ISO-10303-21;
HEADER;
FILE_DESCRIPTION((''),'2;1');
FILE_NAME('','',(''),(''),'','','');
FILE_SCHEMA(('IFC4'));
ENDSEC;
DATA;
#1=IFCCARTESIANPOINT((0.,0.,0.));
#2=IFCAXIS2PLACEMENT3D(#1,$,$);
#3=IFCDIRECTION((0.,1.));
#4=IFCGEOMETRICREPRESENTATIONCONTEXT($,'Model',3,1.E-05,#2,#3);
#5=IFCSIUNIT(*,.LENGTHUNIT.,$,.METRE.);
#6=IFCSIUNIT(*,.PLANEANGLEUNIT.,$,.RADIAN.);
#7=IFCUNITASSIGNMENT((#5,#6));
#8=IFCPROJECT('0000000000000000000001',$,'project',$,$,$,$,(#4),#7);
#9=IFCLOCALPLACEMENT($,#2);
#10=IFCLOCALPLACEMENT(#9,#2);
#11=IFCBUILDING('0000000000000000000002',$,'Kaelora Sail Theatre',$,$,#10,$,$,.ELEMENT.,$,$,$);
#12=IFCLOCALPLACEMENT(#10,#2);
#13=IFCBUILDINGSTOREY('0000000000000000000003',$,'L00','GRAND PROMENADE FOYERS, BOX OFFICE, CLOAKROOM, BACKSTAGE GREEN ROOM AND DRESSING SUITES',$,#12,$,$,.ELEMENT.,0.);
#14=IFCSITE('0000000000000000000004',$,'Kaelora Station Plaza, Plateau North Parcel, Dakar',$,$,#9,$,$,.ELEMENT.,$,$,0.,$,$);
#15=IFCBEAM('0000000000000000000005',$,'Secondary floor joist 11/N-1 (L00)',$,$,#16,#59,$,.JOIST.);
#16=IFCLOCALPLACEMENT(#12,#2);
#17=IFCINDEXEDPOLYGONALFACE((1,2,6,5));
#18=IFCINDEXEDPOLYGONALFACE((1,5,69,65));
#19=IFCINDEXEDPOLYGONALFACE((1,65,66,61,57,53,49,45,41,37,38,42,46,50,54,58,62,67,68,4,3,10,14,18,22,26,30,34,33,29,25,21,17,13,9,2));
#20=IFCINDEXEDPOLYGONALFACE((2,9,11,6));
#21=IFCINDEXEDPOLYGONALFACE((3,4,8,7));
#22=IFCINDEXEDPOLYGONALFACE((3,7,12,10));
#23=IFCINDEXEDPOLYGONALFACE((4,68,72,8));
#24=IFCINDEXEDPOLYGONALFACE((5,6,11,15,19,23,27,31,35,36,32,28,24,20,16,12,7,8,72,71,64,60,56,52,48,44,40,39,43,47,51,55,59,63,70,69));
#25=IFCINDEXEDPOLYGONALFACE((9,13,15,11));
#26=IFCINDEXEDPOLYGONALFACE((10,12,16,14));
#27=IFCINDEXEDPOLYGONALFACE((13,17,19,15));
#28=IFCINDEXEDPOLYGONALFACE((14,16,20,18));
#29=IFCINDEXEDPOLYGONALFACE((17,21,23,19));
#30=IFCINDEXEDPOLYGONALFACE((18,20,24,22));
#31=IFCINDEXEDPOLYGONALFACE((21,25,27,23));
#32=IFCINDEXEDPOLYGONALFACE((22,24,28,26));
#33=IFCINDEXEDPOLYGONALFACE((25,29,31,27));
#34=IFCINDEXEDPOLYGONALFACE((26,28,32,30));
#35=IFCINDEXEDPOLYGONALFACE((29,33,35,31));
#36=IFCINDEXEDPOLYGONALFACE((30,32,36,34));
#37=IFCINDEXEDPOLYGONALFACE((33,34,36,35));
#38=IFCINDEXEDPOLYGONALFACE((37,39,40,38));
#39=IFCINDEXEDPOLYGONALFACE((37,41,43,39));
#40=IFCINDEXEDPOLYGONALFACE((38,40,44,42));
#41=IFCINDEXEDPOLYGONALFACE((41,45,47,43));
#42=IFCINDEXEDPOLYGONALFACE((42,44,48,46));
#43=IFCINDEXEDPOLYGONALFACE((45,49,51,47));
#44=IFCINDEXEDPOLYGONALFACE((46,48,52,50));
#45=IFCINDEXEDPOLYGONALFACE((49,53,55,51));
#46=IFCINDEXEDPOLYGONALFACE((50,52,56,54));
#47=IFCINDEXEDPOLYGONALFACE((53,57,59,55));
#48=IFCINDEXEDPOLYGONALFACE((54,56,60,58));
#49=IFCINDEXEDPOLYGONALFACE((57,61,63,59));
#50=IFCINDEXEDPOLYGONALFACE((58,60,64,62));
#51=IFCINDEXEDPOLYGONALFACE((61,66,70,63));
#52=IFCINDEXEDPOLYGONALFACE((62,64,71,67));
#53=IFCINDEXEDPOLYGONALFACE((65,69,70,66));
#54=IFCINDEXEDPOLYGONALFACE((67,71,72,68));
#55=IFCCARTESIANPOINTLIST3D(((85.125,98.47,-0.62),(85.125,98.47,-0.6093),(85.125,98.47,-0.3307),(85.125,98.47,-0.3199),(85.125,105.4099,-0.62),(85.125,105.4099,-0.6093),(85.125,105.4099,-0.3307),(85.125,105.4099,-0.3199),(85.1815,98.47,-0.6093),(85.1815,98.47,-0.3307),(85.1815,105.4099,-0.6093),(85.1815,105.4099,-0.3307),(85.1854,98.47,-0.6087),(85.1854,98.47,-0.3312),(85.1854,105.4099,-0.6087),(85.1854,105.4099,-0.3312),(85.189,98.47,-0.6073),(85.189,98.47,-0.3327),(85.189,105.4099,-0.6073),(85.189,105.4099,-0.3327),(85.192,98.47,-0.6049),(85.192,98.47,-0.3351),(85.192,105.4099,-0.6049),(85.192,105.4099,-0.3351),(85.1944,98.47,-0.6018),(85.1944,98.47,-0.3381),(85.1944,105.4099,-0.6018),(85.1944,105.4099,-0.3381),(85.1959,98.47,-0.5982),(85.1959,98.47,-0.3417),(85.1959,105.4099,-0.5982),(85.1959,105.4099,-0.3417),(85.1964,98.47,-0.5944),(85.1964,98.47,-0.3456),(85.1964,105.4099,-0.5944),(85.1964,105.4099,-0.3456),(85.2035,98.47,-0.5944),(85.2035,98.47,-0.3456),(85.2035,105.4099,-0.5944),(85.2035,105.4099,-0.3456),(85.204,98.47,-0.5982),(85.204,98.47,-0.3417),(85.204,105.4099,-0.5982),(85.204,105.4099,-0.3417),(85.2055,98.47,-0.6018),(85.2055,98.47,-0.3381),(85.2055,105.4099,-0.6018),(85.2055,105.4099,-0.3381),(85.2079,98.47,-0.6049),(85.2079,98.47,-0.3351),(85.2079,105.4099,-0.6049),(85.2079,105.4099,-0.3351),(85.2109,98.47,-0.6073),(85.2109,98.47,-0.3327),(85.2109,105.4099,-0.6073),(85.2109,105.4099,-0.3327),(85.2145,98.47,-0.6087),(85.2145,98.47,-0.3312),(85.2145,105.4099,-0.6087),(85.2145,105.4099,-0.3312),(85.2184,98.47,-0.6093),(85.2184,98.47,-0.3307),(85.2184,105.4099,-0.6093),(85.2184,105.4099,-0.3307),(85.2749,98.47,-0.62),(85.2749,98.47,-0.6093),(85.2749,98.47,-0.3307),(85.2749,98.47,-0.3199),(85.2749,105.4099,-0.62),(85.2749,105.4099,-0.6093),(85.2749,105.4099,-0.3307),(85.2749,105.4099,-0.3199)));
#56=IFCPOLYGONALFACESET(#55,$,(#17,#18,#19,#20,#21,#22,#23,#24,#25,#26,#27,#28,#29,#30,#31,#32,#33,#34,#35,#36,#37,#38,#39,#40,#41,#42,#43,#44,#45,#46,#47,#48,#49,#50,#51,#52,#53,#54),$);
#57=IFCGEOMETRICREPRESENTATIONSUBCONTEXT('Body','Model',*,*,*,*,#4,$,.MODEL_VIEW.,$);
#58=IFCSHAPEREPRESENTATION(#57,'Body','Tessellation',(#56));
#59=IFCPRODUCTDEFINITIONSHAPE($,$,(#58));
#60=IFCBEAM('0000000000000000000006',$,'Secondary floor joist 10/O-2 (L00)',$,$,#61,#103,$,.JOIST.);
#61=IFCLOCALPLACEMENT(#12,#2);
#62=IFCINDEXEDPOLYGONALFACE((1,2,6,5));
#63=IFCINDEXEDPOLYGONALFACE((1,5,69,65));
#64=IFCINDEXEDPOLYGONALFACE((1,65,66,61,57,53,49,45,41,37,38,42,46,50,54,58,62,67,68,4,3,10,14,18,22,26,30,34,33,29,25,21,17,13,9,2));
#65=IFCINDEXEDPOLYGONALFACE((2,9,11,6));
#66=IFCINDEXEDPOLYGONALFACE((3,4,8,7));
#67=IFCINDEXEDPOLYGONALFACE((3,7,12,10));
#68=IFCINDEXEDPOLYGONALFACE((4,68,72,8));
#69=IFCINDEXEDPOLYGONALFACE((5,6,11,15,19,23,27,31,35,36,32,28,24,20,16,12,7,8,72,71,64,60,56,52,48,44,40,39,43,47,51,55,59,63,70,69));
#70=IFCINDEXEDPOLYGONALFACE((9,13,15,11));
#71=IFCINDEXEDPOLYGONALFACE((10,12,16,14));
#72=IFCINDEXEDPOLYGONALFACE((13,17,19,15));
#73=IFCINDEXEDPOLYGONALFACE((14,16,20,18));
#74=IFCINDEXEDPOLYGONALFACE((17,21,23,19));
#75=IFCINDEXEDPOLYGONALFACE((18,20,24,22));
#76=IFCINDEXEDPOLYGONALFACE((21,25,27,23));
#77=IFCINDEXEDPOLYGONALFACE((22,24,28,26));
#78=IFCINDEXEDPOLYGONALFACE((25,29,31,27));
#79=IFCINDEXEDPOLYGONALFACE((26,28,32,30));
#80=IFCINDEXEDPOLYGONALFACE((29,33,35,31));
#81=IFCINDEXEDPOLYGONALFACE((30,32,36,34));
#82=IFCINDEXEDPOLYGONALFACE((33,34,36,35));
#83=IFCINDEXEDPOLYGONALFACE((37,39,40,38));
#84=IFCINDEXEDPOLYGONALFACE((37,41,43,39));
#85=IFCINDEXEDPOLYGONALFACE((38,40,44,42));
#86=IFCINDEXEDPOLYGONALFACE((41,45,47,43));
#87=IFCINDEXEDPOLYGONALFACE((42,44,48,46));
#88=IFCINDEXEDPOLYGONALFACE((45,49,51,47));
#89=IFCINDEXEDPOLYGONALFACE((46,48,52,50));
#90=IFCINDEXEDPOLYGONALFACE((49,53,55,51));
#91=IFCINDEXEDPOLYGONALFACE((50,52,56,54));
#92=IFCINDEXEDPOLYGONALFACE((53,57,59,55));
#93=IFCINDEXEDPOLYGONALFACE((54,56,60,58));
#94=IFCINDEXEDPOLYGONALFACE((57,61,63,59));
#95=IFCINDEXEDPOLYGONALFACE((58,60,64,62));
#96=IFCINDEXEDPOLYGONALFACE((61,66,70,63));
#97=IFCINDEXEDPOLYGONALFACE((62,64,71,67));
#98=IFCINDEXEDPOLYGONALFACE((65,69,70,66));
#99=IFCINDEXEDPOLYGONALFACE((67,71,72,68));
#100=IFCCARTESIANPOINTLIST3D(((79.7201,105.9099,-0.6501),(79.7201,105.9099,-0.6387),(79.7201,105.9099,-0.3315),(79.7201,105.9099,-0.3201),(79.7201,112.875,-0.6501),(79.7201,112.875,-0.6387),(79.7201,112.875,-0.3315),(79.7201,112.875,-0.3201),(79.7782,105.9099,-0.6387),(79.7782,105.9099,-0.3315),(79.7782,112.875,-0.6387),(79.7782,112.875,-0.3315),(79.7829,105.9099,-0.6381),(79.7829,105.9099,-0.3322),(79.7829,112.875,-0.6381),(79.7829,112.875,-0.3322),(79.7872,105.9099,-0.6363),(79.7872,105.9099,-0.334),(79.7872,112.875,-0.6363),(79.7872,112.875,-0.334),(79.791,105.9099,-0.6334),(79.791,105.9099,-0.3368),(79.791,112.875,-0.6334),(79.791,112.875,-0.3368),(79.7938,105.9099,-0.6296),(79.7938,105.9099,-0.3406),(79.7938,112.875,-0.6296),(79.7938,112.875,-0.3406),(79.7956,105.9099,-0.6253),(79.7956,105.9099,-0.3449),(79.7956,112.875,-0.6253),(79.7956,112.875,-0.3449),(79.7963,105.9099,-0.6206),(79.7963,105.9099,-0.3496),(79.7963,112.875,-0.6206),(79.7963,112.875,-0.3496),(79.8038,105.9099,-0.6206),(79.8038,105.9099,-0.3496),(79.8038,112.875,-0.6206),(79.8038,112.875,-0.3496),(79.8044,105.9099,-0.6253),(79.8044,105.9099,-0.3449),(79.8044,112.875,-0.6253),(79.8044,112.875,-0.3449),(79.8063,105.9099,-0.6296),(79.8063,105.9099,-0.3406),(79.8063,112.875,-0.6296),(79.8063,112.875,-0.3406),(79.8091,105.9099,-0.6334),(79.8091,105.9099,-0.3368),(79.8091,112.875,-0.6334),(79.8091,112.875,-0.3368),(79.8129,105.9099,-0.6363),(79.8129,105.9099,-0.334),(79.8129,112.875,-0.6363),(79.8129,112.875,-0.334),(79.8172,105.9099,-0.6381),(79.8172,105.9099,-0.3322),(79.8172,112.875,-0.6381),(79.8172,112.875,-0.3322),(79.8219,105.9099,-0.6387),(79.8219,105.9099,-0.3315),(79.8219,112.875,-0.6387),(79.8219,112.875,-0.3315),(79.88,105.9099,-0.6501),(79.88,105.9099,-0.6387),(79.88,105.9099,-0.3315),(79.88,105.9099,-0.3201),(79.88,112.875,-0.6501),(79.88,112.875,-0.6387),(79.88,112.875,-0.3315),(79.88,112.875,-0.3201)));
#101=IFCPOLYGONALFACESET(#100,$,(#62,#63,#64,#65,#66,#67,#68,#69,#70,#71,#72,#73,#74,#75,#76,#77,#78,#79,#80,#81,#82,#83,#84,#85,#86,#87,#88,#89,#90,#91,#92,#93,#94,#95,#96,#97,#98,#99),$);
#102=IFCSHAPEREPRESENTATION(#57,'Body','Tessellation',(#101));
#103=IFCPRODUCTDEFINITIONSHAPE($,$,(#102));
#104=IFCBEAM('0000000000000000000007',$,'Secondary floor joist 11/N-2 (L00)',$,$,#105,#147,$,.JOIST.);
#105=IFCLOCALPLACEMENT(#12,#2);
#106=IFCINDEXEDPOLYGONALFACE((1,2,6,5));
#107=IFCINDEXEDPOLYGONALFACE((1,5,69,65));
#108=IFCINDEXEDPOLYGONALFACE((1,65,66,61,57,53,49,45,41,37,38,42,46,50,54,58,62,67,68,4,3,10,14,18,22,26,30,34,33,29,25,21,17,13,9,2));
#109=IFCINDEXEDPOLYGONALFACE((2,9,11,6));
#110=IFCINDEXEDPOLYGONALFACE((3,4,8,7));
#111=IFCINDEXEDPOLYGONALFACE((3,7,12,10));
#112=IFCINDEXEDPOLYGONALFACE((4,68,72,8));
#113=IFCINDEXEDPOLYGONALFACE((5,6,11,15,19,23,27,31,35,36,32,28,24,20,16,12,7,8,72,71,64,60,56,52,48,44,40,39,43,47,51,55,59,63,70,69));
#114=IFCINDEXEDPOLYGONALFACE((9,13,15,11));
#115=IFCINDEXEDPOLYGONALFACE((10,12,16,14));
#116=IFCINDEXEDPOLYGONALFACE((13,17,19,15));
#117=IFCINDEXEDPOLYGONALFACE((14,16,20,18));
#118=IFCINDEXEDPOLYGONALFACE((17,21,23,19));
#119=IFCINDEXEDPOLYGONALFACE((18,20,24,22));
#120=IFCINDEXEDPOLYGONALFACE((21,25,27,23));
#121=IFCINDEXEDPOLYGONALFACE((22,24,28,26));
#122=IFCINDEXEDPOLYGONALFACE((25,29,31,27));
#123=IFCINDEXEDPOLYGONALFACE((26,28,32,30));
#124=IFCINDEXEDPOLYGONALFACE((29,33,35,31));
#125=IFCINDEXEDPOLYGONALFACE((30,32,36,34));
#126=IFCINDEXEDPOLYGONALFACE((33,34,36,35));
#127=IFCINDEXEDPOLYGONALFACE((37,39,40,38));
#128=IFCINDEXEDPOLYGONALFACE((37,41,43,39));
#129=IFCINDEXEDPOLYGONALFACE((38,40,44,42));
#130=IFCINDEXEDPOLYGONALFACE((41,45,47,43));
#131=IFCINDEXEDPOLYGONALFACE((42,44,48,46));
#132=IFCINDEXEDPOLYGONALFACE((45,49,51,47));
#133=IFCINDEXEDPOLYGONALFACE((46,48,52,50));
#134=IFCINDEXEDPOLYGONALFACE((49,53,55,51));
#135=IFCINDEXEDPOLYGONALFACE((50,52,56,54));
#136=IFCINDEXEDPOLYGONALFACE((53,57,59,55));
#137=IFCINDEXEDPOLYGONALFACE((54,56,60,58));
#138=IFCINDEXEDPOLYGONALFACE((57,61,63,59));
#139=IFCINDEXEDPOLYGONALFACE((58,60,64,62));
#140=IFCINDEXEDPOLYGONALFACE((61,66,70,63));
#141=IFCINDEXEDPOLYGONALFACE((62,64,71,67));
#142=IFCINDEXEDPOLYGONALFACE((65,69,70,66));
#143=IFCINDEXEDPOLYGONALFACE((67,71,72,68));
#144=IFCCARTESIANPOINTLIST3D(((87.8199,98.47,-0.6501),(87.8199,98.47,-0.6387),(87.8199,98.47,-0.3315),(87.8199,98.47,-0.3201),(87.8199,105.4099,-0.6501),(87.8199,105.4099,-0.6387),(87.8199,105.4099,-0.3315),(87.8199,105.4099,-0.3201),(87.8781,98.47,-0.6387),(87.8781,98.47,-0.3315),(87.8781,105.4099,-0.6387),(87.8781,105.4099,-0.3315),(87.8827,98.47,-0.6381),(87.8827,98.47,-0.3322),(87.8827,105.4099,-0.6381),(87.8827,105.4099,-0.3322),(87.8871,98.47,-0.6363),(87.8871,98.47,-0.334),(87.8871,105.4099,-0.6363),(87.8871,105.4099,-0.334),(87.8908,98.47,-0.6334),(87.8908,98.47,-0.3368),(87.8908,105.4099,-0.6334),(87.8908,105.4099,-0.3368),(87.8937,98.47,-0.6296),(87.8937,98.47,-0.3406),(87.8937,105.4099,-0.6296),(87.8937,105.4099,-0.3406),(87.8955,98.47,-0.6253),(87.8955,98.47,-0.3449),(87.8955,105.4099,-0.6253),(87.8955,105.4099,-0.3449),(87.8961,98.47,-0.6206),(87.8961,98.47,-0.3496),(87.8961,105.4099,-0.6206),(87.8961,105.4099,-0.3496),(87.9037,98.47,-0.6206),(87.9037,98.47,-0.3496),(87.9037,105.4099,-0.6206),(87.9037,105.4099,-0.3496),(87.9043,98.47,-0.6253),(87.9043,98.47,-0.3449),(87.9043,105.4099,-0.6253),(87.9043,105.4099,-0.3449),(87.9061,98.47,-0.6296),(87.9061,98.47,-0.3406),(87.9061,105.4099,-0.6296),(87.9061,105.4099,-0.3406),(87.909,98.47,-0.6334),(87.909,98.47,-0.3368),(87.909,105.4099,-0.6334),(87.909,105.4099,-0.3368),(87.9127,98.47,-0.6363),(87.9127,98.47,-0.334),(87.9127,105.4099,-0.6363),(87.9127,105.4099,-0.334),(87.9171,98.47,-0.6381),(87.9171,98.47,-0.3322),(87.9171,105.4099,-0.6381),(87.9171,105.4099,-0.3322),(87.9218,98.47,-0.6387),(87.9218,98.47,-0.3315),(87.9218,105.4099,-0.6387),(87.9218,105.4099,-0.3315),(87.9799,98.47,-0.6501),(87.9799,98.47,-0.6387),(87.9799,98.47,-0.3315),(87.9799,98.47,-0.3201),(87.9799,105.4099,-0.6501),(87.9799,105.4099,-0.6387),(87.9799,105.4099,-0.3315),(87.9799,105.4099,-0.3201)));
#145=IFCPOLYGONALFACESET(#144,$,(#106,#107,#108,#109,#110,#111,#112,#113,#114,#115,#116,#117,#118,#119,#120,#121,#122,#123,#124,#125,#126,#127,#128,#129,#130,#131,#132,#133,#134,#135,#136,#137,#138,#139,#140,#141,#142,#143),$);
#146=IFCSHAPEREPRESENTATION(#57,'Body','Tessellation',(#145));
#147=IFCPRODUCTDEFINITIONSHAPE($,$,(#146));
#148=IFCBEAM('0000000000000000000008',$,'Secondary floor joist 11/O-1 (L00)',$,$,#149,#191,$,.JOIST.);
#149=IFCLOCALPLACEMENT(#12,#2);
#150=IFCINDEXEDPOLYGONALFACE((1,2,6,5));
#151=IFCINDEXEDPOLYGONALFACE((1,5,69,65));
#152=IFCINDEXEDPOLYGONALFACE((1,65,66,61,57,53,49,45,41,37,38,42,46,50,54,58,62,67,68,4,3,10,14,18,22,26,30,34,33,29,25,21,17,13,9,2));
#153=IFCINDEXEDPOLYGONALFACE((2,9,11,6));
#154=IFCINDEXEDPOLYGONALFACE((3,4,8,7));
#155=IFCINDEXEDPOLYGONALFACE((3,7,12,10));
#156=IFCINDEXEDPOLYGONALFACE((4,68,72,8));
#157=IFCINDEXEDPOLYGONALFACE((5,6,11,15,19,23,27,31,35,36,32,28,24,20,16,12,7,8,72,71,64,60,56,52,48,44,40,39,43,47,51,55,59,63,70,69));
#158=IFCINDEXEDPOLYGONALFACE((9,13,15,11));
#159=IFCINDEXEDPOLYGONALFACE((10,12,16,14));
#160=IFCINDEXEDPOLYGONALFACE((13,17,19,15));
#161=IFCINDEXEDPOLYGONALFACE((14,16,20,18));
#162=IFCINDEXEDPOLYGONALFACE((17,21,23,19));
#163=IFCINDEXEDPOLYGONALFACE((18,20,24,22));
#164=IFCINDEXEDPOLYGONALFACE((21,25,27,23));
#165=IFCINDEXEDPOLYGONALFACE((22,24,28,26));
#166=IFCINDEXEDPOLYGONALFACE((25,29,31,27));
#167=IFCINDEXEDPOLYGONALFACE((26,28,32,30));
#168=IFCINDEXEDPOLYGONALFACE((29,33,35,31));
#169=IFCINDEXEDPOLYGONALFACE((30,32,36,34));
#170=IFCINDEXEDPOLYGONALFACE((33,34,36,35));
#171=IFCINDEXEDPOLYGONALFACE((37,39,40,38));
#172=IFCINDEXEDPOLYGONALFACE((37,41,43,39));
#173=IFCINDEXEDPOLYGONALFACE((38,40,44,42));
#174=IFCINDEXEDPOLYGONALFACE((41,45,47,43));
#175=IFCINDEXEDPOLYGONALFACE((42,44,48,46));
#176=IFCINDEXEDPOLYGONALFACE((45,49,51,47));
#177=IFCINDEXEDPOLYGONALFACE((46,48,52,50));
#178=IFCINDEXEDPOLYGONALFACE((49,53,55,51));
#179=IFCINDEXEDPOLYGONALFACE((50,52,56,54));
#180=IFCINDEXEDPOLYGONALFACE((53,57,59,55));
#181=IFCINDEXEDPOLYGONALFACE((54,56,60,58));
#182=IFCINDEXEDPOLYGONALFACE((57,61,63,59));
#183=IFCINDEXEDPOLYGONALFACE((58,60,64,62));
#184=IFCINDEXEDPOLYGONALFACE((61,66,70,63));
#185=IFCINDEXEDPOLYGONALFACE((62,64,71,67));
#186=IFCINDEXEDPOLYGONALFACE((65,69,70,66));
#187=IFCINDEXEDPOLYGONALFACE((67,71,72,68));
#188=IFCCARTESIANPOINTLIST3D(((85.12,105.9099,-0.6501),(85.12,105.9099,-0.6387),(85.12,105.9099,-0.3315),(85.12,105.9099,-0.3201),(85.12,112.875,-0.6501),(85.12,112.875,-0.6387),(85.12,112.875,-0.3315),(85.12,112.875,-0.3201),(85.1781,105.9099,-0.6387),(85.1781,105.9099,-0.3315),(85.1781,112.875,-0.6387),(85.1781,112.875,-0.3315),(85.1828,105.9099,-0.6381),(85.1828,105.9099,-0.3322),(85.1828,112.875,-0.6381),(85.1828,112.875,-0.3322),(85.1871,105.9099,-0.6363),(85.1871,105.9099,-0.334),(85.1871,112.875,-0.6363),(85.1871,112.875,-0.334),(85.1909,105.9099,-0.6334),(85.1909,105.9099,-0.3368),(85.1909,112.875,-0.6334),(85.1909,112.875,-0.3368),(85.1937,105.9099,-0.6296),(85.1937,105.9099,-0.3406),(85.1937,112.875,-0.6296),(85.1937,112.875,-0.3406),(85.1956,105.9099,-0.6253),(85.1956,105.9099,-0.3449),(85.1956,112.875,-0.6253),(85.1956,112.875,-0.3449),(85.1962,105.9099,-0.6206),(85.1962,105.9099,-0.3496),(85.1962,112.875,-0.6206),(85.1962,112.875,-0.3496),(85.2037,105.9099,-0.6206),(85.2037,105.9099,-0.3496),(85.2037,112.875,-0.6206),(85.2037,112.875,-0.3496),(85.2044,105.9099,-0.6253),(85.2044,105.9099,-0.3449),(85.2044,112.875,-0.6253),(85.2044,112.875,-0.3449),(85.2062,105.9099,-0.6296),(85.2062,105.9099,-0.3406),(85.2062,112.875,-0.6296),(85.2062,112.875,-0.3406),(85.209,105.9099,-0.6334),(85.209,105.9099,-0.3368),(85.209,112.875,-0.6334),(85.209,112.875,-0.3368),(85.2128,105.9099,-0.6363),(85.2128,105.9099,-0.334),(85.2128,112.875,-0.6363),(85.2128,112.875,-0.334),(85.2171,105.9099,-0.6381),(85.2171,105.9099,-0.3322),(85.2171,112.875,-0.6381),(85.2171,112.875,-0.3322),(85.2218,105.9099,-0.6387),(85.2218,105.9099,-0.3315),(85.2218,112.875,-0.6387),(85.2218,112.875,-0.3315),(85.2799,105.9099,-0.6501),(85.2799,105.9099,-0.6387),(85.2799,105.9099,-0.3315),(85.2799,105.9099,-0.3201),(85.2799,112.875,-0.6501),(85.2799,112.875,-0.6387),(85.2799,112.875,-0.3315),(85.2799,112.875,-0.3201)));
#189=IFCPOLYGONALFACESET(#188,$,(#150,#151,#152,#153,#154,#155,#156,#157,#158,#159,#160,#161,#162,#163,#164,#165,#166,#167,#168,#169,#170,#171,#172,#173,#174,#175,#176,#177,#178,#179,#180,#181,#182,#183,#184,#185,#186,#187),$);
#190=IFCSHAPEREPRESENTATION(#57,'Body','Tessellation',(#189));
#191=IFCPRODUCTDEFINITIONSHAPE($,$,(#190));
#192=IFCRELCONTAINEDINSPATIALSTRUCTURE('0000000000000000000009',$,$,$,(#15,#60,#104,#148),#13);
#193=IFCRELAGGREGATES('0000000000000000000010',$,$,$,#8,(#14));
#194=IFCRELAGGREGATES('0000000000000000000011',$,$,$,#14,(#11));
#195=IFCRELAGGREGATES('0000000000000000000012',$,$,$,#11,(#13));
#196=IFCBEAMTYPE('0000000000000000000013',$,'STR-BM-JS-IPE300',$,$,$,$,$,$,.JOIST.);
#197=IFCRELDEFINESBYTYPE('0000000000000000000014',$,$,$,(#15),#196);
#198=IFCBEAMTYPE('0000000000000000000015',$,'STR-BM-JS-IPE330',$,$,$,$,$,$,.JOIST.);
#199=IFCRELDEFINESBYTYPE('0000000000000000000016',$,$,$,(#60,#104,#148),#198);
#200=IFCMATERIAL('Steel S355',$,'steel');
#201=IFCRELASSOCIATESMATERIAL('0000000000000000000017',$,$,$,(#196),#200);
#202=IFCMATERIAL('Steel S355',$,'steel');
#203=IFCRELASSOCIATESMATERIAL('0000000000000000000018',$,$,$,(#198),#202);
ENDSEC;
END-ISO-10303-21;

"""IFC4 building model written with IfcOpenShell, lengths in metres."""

from ifc_helpers import new_model, si_unit, direction, frame, origin, origin_2d, place, context, subcontext, project, spatial, i_section, extrude, material, material_profile, profile_set, type_object, element, save


model = new_model("IFC4")

# Units and contexts
model_context = context("Model", 3, precision=1e-05, world=origin(), true_north=direction((0.0, 1.0)))
body_context = subcontext(model_context, "Body", "Model", "MODEL_VIEW")
ifc_project = project(units=[si_unit("LENGTHUNIT", "METRE"), si_unit("PLANEANGLEUNIT", "RADIAN")], contexts=[model_context])

# Site, building, storey
site_placement = place(None, origin())
site = spatial("IfcSite", under=ifc_project, at=site_placement, Name="Kaelora Station Plaza, Plateau North Parcel, Dakar", CompositionType="ELEMENT", RefElevation=0.0)
building_placement = place(site_placement, origin())
building = spatial("IfcBuilding", under=site, at=building_placement, Name="Kaelora Sail Theatre", CompositionType="ELEMENT")
storey_placement = place(building_placement, origin())
storey = spatial("IfcBuildingStorey", under=building, at=storey_placement, Name="L00", Description="GRAND PROMENADE FOYERS, BOX OFFICE, CLOAKROOM, BACKSTAGE GREEN ROOM AND DRESSING SUITES", CompositionType="ELEMENT", Elevation=0.0)

# Beams
ifc_material_1 = material(Name="Steel S355", Category="steel")
ifc_material_profile_1 = material_profile(ifc_material_1, i_section(OverallWidth=0.1499, OverallDepth=0.3, WebThickness=0.0071, FlangeThickness=0.0107, FilletRadius=0.0149, at=origin_2d()), Name="IPE 300")
ifc_profile_set_1 = profile_set([ifc_material_profile_1], Name="Steel S355")
beam_type_1 = type_object("IfcBeamType", Name="STR-BM-JS-IPE300", PredefinedType="JOIST", material=ifc_profile_set_1)
for number, where, z_axis, x_axis, name in (
    (1, (85.2, 98.47, -0.47), (0.0, 1.0, 0.0), (-1.0, 0.0, 0.0), "Secondary floor joist 11/N-1 (L00)"),
):
    element("IfcBeam", number, at=place(storey_placement, frame(where, z_axis=z_axis, x_axis=x_axis)), inside=storey, type_object=beam_type_1, Name=name, PredefinedType="JOIST", context=body_context, shape_type="SweptSolid", body=[
        extrude(i_section(OverallWidth=0.1499, OverallDepth=0.3, WebThickness=0.0071, FlangeThickness=0.0107, FilletRadius=0.0149, at=origin_2d()), origin(), (0.0, 0.0, 1.0), 6.9399),
    ])
ifc_material_2 = material(Name="Steel S355", Category="steel")
ifc_material_profile_2 = material_profile(ifc_material_2, i_section(OverallWidth=0.1599, OverallDepth=0.3301, WebThickness=0.0076, FlangeThickness=0.0115, FilletRadius=0.0181, at=origin_2d()), Name="IPE 330")
ifc_profile_set_2 = profile_set([ifc_material_profile_2], Name="Steel S355")
beam_type_2 = type_object("IfcBeamType", Name="STR-BM-JS-IPE330", PredefinedType="JOIST", material=ifc_profile_set_2)
beam_1_placement = place(storey_placement, frame((79.8, 105.9099, -0.4851), z_axis=(0.0, 1.0, 0.0), x_axis=(-1.0, 0.0, 0.0)))
element("IfcBeam", 2, at=beam_1_placement, inside=storey, type_object=beam_type_2, Name="Secondary floor joist 10/O-2 (L00)", PredefinedType="JOIST", context=body_context, shape_type="SweptSolid", body=[
    extrude(i_section(OverallWidth=0.1599, OverallDepth=0.3301, WebThickness=0.0076, FlangeThickness=0.0115, FilletRadius=0.0181, at=origin_2d()), origin(), (0.0, 0.0, 1.0), 6.9651),
])
beam_2_placement = place(storey_placement, frame((87.8999, 98.47, -0.4851), z_axis=(0.0, 1.0, 0.0), x_axis=(-1.0, 0.0, 0.0)))
element("IfcBeam", 3, at=beam_2_placement, inside=storey, type_object=beam_type_2, Name="Secondary floor joist 11/N-2 (L00)", PredefinedType="JOIST", context=body_context, shape_type="SweptSolid", body=[
    extrude(i_section(OverallWidth=0.1599, OverallDepth=0.3301, WebThickness=0.0076, FlangeThickness=0.0115, FilletRadius=0.0181, at=origin_2d()), origin(), (0.0, 0.0, 1.0), 6.9399),
])
beam_3_placement = place(storey_placement, frame((85.2, 105.9099, -0.4851), z_axis=(0.0, 1.0, 0.0), x_axis=(-1.0, 0.0, 0.0)))
element("IfcBeam", 4, at=beam_3_placement, inside=storey, type_object=beam_type_2, Name="Secondary floor joist 11/O-1 (L00)", PredefinedType="JOIST", context=body_context, shape_type="SweptSolid", body=[
    extrude(i_section(OverallWidth=0.1599, OverallDepth=0.3301, WebThickness=0.0076, FlangeThickness=0.0115, FilletRadius=0.0181, at=origin_2d()), origin(), (0.0, 0.0, 1.0), 6.9651),
])

save(model, "model.ifc")
